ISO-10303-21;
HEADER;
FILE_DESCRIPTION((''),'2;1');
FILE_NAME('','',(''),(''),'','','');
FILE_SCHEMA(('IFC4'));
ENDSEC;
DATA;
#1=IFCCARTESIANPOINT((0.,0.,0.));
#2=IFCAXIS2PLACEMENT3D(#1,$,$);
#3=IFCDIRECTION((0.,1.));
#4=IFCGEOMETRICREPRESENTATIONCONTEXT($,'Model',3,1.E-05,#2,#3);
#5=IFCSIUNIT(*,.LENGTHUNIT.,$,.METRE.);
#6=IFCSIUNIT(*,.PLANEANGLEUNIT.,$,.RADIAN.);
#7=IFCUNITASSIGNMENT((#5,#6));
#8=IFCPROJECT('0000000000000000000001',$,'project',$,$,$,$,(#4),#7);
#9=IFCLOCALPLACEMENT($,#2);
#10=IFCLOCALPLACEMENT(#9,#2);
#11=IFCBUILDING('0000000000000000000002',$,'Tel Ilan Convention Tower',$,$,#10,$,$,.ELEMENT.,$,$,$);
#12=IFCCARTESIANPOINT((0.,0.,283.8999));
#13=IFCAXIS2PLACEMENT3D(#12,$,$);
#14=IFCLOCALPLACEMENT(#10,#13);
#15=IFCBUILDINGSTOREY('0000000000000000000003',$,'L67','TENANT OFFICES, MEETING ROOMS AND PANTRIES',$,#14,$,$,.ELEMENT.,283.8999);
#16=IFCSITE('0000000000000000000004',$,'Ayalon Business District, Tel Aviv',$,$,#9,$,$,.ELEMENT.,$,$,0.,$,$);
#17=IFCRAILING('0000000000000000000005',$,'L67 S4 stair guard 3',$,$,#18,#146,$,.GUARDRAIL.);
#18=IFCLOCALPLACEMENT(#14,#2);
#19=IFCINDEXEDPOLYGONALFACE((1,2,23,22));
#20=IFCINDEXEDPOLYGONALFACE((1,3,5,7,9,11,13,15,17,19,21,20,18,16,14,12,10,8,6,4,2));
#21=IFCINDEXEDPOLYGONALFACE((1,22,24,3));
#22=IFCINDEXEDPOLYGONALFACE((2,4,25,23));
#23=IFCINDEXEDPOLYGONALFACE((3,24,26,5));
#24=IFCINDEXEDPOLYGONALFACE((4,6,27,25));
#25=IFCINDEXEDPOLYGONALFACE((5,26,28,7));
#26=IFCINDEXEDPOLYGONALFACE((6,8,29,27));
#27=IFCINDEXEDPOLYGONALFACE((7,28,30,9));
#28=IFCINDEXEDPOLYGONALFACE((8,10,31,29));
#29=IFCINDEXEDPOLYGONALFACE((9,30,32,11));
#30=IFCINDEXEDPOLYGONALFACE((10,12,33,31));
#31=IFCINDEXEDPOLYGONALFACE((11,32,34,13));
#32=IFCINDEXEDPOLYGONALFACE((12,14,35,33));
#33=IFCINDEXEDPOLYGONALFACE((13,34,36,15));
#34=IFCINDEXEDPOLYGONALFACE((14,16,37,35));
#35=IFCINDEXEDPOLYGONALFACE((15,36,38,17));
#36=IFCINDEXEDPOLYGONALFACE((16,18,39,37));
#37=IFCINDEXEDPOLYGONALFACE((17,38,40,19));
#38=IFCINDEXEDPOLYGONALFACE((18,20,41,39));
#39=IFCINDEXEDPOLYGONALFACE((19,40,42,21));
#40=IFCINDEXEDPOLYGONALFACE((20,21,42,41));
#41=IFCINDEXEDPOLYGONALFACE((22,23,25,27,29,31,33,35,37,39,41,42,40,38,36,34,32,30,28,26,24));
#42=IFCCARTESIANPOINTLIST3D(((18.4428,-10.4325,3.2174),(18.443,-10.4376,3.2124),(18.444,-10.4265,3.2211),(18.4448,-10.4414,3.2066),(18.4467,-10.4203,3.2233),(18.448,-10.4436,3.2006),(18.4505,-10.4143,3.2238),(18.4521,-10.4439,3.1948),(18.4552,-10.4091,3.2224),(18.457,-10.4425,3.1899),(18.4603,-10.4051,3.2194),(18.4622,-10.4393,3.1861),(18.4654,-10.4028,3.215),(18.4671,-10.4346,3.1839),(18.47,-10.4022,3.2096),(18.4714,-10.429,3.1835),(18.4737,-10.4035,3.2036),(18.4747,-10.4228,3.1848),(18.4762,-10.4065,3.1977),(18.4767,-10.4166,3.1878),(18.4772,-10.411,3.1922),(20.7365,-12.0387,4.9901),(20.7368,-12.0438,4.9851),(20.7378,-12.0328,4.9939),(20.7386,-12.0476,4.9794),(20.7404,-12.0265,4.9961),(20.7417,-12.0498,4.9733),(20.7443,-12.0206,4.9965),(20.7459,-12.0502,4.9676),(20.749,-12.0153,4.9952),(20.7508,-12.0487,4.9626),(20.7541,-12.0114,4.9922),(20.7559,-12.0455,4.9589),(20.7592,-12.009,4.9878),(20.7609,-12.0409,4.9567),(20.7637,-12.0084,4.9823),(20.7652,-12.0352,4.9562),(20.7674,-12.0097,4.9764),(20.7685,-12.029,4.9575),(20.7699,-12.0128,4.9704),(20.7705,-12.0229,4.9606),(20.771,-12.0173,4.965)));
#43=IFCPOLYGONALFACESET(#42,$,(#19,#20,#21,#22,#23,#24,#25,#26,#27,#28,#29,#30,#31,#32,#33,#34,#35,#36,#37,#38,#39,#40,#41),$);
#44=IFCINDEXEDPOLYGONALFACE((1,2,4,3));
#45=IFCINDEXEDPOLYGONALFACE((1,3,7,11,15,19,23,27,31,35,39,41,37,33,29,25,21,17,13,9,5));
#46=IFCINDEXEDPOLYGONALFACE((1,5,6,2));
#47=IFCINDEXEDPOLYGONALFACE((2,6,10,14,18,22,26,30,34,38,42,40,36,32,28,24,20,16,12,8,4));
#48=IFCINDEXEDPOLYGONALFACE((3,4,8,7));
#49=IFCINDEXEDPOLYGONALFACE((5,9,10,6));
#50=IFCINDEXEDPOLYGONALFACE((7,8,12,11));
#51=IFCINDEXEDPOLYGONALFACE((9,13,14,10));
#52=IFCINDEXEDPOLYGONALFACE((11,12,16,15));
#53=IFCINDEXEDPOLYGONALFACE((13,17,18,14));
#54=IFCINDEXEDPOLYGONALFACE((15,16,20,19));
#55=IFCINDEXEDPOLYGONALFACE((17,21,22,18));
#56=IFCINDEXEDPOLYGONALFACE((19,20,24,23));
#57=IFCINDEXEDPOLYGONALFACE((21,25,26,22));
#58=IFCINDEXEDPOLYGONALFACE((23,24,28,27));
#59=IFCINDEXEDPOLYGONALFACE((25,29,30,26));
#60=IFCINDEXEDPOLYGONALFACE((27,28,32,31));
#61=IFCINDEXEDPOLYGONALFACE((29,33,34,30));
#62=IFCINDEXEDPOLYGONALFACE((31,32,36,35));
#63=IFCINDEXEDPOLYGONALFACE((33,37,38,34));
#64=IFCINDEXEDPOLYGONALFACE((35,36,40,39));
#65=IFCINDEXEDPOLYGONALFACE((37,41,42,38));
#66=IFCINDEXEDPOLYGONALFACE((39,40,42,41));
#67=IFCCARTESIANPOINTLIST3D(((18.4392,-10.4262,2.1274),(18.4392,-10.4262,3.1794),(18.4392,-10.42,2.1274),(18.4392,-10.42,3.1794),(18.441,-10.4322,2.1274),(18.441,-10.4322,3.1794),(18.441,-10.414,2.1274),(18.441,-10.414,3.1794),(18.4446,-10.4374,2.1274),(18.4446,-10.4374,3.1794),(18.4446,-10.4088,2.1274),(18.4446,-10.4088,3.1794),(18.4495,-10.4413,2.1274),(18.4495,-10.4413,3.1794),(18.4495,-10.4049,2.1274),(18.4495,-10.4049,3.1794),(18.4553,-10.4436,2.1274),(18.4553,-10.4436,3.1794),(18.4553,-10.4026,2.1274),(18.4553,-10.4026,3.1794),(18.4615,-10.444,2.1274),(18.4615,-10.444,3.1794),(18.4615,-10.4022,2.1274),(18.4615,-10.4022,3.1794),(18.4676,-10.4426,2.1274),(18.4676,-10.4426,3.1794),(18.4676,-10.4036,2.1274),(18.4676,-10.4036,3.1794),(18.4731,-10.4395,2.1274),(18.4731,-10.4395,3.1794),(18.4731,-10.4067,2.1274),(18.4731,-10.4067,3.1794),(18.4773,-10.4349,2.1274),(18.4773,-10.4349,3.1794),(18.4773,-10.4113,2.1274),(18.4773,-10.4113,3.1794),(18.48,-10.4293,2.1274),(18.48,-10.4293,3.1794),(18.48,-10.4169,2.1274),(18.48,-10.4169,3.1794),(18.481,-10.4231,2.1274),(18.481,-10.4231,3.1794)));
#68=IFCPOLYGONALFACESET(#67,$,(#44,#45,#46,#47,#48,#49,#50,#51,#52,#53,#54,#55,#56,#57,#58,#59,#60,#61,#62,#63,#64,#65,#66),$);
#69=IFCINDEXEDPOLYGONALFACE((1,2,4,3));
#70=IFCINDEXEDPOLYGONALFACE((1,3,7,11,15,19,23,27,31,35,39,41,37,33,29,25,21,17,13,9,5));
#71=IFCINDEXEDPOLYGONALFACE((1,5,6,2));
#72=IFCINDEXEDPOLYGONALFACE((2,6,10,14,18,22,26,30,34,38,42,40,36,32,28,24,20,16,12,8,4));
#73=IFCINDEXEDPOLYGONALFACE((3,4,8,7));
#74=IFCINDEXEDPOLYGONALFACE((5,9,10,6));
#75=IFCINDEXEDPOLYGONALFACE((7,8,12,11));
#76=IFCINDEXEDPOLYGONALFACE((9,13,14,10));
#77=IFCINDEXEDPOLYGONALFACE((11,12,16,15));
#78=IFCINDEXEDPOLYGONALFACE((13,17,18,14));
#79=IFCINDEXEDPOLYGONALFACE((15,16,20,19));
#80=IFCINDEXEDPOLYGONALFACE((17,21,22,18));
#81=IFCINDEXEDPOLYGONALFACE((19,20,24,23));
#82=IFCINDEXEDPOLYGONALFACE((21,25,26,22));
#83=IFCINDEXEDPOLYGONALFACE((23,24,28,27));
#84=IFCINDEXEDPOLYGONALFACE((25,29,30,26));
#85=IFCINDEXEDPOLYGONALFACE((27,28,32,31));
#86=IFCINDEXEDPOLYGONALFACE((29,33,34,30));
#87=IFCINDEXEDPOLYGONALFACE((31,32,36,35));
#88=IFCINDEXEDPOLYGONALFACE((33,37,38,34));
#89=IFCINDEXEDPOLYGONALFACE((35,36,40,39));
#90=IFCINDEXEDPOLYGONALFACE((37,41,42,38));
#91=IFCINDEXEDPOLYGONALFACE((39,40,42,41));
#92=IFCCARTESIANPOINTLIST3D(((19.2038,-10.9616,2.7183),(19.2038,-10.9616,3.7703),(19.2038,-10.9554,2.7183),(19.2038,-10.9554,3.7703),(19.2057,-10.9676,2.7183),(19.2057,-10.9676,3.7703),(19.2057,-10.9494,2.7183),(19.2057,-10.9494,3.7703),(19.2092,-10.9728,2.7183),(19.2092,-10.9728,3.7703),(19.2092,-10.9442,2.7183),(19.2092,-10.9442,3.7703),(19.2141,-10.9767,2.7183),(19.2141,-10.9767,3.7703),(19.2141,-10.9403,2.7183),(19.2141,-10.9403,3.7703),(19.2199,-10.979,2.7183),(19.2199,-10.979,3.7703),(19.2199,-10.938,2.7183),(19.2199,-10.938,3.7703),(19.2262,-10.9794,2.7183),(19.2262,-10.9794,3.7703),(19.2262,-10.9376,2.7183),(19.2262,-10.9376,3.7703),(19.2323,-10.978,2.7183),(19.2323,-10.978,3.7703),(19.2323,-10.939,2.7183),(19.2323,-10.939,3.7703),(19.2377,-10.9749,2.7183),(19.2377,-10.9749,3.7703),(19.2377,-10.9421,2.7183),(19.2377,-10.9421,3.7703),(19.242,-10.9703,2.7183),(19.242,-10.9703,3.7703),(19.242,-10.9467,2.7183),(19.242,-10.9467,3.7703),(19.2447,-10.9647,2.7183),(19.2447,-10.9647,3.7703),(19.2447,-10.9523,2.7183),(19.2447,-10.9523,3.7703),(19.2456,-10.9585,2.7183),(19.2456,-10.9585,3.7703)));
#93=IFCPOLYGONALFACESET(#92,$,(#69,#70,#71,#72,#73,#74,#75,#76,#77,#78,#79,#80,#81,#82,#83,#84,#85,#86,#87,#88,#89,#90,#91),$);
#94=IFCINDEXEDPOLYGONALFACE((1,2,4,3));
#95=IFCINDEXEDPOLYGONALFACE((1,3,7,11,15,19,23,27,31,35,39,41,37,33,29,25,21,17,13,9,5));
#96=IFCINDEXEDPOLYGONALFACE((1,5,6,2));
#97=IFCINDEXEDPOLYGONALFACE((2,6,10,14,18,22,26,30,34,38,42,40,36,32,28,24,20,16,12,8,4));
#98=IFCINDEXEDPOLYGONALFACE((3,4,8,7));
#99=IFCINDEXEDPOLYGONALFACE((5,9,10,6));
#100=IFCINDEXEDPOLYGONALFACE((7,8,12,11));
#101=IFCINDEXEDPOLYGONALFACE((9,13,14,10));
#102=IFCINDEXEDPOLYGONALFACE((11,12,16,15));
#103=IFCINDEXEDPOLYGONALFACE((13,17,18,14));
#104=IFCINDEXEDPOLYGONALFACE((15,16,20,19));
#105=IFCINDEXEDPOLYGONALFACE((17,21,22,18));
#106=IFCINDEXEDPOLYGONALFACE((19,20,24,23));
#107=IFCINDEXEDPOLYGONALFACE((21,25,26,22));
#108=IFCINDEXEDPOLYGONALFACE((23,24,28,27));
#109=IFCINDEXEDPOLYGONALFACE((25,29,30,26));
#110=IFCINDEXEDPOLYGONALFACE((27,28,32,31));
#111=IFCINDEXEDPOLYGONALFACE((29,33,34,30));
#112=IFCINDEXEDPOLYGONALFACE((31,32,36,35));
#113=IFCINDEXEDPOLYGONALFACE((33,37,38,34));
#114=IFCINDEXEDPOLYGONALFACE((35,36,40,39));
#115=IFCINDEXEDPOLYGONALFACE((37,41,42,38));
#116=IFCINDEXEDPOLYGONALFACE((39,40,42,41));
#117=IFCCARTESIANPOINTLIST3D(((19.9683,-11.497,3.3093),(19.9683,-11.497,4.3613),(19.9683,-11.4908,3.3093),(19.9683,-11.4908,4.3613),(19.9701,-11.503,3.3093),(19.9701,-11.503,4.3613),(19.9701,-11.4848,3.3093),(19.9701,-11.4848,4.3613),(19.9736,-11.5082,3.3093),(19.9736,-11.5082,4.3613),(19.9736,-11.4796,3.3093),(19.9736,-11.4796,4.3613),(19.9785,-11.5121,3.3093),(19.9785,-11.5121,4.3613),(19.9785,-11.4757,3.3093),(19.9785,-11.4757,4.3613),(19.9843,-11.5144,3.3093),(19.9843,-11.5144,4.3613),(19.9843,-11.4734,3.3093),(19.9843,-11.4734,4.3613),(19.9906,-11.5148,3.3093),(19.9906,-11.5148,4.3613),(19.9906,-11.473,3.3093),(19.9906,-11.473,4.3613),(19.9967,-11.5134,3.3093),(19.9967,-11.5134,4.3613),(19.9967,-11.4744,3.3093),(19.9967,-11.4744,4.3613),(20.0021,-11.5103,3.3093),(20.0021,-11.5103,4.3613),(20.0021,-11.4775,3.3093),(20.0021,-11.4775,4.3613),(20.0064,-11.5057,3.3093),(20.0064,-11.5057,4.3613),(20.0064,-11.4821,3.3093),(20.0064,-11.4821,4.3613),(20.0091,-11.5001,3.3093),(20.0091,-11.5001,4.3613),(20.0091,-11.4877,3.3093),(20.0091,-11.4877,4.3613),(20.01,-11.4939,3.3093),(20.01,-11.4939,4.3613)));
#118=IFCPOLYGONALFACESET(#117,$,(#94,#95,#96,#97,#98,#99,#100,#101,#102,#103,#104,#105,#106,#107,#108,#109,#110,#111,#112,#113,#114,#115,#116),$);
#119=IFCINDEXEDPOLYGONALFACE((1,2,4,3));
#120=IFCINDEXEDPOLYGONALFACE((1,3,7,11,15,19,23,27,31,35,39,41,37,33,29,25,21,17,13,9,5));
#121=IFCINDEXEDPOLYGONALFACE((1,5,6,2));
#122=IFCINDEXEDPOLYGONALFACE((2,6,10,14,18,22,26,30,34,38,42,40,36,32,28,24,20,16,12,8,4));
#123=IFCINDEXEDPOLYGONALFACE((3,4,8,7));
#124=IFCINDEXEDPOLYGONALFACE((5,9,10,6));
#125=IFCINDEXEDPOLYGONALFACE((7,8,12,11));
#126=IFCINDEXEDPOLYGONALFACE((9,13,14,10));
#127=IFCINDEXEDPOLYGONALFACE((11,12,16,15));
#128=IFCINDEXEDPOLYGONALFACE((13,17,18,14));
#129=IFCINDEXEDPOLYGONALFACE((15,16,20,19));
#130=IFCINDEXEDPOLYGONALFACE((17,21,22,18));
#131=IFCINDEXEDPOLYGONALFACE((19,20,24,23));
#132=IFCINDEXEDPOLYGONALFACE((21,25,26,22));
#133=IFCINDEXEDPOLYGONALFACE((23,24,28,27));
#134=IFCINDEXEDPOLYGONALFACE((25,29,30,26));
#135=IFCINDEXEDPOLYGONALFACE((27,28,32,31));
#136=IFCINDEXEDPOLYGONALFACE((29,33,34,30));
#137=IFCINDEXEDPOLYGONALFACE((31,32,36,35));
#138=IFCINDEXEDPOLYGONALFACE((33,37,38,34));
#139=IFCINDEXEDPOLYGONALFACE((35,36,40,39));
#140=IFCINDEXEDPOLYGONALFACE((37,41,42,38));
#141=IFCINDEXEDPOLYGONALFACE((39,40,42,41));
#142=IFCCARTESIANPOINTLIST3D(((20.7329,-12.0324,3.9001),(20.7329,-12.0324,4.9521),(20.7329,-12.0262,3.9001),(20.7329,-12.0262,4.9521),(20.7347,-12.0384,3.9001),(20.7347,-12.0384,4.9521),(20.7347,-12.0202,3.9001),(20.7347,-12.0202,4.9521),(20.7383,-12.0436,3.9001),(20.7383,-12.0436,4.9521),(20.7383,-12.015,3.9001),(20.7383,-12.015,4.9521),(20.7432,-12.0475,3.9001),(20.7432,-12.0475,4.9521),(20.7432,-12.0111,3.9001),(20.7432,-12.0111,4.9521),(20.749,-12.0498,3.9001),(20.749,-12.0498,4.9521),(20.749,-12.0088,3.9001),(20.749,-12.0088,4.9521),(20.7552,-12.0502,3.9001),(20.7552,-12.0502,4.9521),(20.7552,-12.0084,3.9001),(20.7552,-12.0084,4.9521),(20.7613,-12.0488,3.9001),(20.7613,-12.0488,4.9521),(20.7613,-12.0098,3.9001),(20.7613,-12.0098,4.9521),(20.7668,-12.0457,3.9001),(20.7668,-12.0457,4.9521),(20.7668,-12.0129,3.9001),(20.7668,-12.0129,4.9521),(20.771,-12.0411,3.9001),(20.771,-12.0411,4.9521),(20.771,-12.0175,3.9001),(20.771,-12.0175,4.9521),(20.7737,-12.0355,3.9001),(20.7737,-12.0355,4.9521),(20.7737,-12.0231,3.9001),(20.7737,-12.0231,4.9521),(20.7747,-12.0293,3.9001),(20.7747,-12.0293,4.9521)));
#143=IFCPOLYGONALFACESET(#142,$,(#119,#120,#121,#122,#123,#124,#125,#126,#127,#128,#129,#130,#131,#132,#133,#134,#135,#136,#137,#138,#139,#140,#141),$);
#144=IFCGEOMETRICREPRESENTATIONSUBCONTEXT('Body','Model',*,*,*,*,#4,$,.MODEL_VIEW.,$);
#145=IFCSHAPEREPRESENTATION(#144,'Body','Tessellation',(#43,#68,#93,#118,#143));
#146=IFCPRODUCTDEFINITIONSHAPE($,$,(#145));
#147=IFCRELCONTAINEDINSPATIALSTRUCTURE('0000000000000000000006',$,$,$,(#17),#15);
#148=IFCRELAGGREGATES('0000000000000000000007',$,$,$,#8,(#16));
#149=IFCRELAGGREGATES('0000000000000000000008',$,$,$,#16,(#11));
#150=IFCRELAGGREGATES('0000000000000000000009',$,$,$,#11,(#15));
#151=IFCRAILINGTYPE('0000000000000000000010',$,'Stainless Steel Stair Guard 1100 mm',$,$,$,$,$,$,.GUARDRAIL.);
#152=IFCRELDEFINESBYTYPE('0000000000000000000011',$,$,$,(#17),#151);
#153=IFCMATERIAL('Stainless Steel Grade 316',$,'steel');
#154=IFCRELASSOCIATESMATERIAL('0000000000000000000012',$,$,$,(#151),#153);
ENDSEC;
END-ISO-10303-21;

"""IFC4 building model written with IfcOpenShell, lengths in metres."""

from ifc_helpers import new_model, si_unit, direction, frame, origin, origin_2d, place, context, subcontext, project, spatial, circle, extrude, material, type_object, element, save


model = new_model("IFC4")

# Units and contexts
model_context = context("Model", 3, precision=1e-05, world=origin(), true_north=direction((0.0, 1.0)))
body_context = subcontext(model_context, "Body", "Model", "MODEL_VIEW")
ifc_project = project(units=[si_unit("LENGTHUNIT", "METRE"), si_unit("PLANEANGLEUNIT", "RADIAN")], contexts=[model_context])

# Site, building, storey
site_placement = place(None, origin())
site = spatial("IfcSite", under=ifc_project, at=site_placement, Name="Ayalon Business District, Tel Aviv", CompositionType="ELEMENT", RefElevation=0.0)
building_placement = place(site_placement, origin())
building = spatial("IfcBuilding", under=site, at=building_placement, Name="Tel Ilan Convention Tower", CompositionType="ELEMENT")
storey_placement = place(building_placement, frame((0.0, 0.0, 283.8999)))
storey = spatial("IfcBuildingStorey", under=building, at=storey_placement, Name="L67", Description="TENANT OFFICES, MEETING ROOMS AND PANTRIES", CompositionType="ELEMENT", Elevation=283.8999)

# Railing
ifc_material_1 = material(Name="Stainless Steel Grade 316", Category="steel")
railing_type_1 = type_object("IfcRailingType", Name="Stainless Steel Stair Guard 1100 mm", PredefinedType="GUARDRAIL", material=ifc_material_1)
railing_1_placement = place(storey_placement, frame((18.46, -10.4231, 2.1274)))
element("IfcRailing", 1, at=railing_1_placement, inside=storey, type_object=railing_type_1, Name="L67 S4 stair guard 3", PredefinedType="GUARDRAIL", context=body_context, shape_type="SweptSolid", body=[
    extrude(circle(Radius=0.0239, at=origin_2d()), frame((0.0, 0.0, 1.0762), z_axis=(0.692098, -0.484653, 0.534894), x_axis=(0.573609, 0.81913, 0.0)), (0.0, 0.0, 1.0), 3.3142),
    extrude(circle(Radius=0.021, at=origin_2d()), origin(), (0.0, 0.0, 1.0), 1.052),
    extrude(circle(Radius=0.021, at=origin_2d()), frame((0.7646, -0.5354, 0.5908)), (0.0, 0.0, 1.0), 1.052),
    extrude(circle(Radius=0.021, at=origin_2d()), frame((1.5291, -1.0708, 1.1819)), (0.0, 0.0, 1.0), 1.052),
    extrude(circle(Radius=0.021, at=origin_2d()), frame((2.2937, -1.6062, 1.7727)), (0.0, 0.0, 1.0), 1.052),
])

save(model, "model.ifc")
